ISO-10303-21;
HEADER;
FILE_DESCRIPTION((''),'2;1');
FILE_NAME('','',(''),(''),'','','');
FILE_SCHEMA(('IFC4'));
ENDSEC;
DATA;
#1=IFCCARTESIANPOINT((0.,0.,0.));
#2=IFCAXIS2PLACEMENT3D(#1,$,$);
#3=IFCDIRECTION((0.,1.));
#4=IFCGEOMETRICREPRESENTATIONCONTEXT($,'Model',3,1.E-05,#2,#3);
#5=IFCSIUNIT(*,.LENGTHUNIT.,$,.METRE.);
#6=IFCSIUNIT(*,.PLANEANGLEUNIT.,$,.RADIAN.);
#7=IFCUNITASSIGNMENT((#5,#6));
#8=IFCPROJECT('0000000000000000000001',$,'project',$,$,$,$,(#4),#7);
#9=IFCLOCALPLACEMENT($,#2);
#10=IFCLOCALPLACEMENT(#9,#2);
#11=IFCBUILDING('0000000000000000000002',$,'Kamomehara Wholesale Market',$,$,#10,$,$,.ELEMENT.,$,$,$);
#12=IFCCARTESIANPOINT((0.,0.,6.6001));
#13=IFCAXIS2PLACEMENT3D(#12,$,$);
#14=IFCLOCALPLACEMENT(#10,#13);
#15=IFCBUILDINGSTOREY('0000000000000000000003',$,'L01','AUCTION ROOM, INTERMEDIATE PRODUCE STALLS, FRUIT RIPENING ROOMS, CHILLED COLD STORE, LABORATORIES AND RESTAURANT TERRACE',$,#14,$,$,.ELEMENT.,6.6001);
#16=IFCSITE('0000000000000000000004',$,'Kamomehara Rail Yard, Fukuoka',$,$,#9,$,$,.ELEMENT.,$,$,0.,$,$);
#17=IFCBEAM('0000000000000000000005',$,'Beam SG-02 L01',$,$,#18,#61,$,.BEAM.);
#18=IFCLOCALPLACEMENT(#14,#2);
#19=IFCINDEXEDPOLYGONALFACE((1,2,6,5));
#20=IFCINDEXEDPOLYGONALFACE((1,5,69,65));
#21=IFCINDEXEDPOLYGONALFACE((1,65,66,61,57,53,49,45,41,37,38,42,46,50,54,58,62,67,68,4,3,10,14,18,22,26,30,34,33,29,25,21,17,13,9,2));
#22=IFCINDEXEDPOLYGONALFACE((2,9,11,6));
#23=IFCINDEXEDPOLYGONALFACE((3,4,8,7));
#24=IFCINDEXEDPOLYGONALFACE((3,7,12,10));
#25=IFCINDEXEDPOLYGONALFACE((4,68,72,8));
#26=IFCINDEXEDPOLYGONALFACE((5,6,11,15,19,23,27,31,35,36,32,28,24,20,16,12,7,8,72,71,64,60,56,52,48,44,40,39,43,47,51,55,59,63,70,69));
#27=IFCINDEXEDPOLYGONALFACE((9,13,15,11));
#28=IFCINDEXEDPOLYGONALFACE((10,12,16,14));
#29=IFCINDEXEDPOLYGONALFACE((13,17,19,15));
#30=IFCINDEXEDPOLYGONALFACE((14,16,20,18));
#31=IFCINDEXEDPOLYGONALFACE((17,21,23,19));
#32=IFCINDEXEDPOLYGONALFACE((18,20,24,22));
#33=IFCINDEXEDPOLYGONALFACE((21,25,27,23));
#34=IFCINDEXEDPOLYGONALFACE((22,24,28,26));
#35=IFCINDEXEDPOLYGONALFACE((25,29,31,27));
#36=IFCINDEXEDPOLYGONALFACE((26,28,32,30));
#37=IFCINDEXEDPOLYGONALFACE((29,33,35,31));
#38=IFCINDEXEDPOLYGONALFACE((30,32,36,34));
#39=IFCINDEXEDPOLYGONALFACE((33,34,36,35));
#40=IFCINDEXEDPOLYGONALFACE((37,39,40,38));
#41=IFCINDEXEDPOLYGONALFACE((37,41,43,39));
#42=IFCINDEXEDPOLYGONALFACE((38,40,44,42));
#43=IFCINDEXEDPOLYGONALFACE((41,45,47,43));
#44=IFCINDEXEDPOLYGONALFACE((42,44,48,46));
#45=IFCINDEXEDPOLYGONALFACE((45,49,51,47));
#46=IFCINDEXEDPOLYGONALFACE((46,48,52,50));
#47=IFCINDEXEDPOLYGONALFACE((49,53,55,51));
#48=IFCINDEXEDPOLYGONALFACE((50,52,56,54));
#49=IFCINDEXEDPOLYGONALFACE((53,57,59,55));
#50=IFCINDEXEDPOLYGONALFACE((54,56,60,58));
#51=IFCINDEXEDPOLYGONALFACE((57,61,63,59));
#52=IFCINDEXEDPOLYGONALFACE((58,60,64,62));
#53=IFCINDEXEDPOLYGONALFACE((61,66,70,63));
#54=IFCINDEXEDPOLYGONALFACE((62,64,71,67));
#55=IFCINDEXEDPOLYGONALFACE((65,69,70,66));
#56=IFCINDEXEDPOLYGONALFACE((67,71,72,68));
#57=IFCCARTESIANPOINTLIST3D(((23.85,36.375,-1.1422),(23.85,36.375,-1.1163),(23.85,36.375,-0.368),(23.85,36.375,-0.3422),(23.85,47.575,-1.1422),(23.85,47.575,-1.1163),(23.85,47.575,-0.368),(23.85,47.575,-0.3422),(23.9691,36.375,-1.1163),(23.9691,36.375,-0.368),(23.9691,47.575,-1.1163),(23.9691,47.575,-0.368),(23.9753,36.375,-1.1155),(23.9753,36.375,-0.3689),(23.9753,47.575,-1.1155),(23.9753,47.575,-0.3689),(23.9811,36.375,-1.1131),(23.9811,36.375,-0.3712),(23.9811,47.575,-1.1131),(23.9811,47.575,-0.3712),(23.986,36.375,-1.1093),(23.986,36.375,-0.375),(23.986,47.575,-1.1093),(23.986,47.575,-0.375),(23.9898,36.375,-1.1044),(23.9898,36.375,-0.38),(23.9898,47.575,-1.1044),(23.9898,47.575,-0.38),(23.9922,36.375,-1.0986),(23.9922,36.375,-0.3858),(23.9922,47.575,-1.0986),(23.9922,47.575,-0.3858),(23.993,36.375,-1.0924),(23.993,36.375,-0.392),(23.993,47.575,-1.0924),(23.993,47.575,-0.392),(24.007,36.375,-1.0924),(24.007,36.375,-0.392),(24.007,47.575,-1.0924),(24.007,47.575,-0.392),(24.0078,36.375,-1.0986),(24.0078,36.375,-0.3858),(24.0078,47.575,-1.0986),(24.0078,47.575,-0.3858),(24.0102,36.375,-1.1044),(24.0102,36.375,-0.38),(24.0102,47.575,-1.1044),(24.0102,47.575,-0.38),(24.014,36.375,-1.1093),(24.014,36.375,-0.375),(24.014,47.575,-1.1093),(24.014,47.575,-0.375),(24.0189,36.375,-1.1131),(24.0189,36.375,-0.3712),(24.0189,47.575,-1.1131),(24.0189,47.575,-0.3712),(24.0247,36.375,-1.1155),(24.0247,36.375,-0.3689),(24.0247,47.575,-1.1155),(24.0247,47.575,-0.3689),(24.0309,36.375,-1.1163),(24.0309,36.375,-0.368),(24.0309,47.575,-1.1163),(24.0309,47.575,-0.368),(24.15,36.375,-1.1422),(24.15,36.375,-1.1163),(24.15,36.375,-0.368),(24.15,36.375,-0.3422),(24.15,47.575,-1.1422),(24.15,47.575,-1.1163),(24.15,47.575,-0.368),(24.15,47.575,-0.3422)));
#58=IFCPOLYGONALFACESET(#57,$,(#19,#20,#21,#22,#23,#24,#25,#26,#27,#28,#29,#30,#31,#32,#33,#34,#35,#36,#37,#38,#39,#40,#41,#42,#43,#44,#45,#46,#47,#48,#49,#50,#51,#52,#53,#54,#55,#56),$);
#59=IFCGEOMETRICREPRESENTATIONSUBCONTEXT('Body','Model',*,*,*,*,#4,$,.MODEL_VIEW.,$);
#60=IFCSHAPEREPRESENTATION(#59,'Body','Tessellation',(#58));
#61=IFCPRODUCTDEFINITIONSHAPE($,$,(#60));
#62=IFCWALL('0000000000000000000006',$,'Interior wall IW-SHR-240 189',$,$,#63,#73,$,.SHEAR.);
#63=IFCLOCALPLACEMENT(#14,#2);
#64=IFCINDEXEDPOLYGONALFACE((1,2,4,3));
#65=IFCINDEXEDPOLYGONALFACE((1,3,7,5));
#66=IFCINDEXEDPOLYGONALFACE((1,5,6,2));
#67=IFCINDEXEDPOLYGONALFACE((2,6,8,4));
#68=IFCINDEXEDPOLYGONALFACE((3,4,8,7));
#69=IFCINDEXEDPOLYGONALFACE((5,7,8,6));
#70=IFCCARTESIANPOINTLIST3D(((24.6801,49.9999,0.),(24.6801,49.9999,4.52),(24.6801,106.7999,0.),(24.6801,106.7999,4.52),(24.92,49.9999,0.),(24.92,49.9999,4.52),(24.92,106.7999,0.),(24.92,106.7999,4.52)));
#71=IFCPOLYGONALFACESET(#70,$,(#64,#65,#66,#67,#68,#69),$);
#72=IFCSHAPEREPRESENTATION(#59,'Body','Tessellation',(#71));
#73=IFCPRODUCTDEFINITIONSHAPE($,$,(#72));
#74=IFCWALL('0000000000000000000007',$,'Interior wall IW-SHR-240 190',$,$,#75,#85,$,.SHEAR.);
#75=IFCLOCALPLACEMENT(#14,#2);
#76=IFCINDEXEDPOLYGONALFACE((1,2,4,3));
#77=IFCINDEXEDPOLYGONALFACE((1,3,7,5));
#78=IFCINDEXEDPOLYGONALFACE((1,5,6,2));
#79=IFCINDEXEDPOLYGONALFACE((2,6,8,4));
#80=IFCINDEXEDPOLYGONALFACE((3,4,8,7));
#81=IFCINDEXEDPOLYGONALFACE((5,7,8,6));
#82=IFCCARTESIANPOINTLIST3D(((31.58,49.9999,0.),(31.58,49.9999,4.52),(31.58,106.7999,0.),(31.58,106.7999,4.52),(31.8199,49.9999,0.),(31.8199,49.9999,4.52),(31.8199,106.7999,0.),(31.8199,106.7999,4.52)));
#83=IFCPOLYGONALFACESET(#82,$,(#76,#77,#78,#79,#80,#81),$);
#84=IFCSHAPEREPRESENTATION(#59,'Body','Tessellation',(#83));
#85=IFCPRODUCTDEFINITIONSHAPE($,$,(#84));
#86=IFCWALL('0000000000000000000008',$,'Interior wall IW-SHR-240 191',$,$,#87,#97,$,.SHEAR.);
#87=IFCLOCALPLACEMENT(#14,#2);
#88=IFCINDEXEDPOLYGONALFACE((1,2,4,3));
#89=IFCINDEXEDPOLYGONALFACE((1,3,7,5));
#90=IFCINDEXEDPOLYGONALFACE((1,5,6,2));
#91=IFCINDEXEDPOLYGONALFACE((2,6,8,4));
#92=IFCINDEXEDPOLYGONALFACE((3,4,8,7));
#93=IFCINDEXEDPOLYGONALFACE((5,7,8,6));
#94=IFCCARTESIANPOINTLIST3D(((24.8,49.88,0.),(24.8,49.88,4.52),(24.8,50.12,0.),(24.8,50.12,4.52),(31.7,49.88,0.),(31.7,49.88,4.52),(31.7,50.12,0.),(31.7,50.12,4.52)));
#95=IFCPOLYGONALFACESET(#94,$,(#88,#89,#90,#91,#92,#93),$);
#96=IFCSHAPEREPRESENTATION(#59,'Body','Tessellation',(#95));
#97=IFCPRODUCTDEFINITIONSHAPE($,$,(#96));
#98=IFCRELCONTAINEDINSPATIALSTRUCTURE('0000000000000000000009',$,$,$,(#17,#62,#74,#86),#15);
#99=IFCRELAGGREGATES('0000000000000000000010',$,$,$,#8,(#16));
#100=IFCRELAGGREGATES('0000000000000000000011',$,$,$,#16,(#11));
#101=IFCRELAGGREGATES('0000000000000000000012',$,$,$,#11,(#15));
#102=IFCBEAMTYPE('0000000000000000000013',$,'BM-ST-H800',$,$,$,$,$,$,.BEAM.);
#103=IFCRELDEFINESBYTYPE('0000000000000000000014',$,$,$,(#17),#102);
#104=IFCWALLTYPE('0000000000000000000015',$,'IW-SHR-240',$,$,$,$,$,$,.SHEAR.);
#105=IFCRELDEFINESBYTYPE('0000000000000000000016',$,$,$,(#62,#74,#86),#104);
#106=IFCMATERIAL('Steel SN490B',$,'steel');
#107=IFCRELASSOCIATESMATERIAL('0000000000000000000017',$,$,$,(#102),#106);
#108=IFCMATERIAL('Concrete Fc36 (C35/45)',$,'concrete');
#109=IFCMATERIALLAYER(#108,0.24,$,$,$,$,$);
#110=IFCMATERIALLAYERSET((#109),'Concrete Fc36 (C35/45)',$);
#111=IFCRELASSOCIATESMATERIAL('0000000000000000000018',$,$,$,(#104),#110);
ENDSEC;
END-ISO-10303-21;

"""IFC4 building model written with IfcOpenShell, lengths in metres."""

from ifc_helpers import new_model, si_unit, direction, frame, frame_2d, origin, origin_2d, place, context, subcontext, project, spatial, rectangle, i_section, extrude, material, layer, layer_set, material_profile, profile_set, type_object, element, save


model = new_model("IFC4")

# Units and contexts
model_context = context("Model", 3, precision=1e-05, world=origin(), true_north=direction((0.0, 1.0)))
body_context = subcontext(model_context, "Body", "Model", "MODEL_VIEW")
ifc_project = project(units=[si_unit("LENGTHUNIT", "METRE"), si_unit("PLANEANGLEUNIT", "RADIAN")], contexts=[model_context])

# Site, building, storey
site_placement = place(None, origin())
site = spatial("IfcSite", under=ifc_project, at=site_placement, Name="Kamomehara Rail Yard, Fukuoka", CompositionType="ELEMENT", RefElevation=0.0)
building_placement = place(site_placement, origin())
building = spatial("IfcBuilding", under=site, at=building_placement, Name="Kamomehara Wholesale Market", CompositionType="ELEMENT")
storey_placement = place(building_placement, frame((0.0, 0.0, 6.6001)))
storey = spatial("IfcBuildingStorey", under=building, at=storey_placement, Name="L01", Description="AUCTION ROOM, INTERMEDIATE PRODUCE STALLS, FRUIT RIPENING ROOMS, CHILLED COLD STORE, LABORATORIES AND RESTAURANT TERRACE", CompositionType="ELEMENT", Elevation=6.6001)

# Beam
ifc_material_1 = material(Name="Steel SN490B", Category="steel")
ifc_material_profile_1 = material_profile(ifc_material_1, i_section(OverallWidth=0.3, OverallDepth=0.8, WebThickness=0.0139, FlangeThickness=0.0259, FilletRadius=0.0239, at=origin_2d()), Name="H-800x300x14x26")
ifc_profile_set_1 = profile_set([ifc_material_profile_1], Name="Steel SN490B")
beam_type_1 = type_object("IfcBeamType", Name="BM-ST-H800", PredefinedType="BEAM", material=ifc_profile_set_1)
beam_1_placement = place(storey_placement, frame((24.0, 36.375, -0.7422), z_axis=(0.0, 1.0, 0.0), x_axis=(-1.0, 0.0, 0.0)))
element("IfcBeam", 1, at=beam_1_placement, inside=storey, type_object=beam_type_1, Name="Beam SG-02 L01", PredefinedType="BEAM", context=body_context, shape_type="SweptSolid", body=[
    extrude(i_section(OverallWidth=0.3, OverallDepth=0.8, WebThickness=0.0139, FlangeThickness=0.0259, FilletRadius=0.0239, at=origin_2d()), origin(), (0.0, 0.0, 1.0), 11.2),
])

# Walls
ifc_material_2 = material(Name="Concrete Fc36 (C35/45)", Category="concrete")
ifc_layer = layer(ifc_material_2, 0.24)
ifc_layer_set = layer_set([ifc_layer], Name="Concrete Fc36 (C35/45)")
wall_type = type_object("IfcWallType", Name="IW-SHR-240", PredefinedType="SHEAR", material=ifc_layer_set)
for number, where, z_axis, x_axis, name in (
    (2, (24.8, 50.0, 0.0), (0.0, 0.0, 1.0), (0.0, 1.0, 0.0), "Interior wall IW-SHR-240 189"),
    (3, (31.7, 50.0, 0.0), (0.0, 0.0, 1.0), (0.0, 1.0, 0.0), "Interior wall IW-SHR-240 190"),
):
    element("IfcWall", number, at=place(storey_placement, frame(where, z_axis=z_axis, x_axis=x_axis)), inside=storey, type_object=wall_type, Name=name, PredefinedType="SHEAR", context=body_context, shape_type="SweptSolid", body=[
        extrude(rectangle(XDim=56.8, YDim=0.24, at=frame_2d((28.3999, 0.0))), origin(), (0.0, 0.0, 1.0), 4.52),
    ])
wall_placement = place(storey_placement, frame((24.8, 50.0, 0.0), z_axis=(0.0, 0.0, 1.0), x_axis=(1.0, 0.0, 0.0)))
element("IfcWall", 4, at=wall_placement, inside=storey, type_object=wall_type, Name="Interior wall IW-SHR-240 191", PredefinedType="SHEAR", context=body_context, shape_type="SweptSolid", body=[
    extrude(rectangle(XDim=6.8999, YDim=0.24, at=frame_2d((3.45, 0.0))), origin(), (0.0, 0.0, 1.0), 4.52),
])

save(model, "model.ifc")
